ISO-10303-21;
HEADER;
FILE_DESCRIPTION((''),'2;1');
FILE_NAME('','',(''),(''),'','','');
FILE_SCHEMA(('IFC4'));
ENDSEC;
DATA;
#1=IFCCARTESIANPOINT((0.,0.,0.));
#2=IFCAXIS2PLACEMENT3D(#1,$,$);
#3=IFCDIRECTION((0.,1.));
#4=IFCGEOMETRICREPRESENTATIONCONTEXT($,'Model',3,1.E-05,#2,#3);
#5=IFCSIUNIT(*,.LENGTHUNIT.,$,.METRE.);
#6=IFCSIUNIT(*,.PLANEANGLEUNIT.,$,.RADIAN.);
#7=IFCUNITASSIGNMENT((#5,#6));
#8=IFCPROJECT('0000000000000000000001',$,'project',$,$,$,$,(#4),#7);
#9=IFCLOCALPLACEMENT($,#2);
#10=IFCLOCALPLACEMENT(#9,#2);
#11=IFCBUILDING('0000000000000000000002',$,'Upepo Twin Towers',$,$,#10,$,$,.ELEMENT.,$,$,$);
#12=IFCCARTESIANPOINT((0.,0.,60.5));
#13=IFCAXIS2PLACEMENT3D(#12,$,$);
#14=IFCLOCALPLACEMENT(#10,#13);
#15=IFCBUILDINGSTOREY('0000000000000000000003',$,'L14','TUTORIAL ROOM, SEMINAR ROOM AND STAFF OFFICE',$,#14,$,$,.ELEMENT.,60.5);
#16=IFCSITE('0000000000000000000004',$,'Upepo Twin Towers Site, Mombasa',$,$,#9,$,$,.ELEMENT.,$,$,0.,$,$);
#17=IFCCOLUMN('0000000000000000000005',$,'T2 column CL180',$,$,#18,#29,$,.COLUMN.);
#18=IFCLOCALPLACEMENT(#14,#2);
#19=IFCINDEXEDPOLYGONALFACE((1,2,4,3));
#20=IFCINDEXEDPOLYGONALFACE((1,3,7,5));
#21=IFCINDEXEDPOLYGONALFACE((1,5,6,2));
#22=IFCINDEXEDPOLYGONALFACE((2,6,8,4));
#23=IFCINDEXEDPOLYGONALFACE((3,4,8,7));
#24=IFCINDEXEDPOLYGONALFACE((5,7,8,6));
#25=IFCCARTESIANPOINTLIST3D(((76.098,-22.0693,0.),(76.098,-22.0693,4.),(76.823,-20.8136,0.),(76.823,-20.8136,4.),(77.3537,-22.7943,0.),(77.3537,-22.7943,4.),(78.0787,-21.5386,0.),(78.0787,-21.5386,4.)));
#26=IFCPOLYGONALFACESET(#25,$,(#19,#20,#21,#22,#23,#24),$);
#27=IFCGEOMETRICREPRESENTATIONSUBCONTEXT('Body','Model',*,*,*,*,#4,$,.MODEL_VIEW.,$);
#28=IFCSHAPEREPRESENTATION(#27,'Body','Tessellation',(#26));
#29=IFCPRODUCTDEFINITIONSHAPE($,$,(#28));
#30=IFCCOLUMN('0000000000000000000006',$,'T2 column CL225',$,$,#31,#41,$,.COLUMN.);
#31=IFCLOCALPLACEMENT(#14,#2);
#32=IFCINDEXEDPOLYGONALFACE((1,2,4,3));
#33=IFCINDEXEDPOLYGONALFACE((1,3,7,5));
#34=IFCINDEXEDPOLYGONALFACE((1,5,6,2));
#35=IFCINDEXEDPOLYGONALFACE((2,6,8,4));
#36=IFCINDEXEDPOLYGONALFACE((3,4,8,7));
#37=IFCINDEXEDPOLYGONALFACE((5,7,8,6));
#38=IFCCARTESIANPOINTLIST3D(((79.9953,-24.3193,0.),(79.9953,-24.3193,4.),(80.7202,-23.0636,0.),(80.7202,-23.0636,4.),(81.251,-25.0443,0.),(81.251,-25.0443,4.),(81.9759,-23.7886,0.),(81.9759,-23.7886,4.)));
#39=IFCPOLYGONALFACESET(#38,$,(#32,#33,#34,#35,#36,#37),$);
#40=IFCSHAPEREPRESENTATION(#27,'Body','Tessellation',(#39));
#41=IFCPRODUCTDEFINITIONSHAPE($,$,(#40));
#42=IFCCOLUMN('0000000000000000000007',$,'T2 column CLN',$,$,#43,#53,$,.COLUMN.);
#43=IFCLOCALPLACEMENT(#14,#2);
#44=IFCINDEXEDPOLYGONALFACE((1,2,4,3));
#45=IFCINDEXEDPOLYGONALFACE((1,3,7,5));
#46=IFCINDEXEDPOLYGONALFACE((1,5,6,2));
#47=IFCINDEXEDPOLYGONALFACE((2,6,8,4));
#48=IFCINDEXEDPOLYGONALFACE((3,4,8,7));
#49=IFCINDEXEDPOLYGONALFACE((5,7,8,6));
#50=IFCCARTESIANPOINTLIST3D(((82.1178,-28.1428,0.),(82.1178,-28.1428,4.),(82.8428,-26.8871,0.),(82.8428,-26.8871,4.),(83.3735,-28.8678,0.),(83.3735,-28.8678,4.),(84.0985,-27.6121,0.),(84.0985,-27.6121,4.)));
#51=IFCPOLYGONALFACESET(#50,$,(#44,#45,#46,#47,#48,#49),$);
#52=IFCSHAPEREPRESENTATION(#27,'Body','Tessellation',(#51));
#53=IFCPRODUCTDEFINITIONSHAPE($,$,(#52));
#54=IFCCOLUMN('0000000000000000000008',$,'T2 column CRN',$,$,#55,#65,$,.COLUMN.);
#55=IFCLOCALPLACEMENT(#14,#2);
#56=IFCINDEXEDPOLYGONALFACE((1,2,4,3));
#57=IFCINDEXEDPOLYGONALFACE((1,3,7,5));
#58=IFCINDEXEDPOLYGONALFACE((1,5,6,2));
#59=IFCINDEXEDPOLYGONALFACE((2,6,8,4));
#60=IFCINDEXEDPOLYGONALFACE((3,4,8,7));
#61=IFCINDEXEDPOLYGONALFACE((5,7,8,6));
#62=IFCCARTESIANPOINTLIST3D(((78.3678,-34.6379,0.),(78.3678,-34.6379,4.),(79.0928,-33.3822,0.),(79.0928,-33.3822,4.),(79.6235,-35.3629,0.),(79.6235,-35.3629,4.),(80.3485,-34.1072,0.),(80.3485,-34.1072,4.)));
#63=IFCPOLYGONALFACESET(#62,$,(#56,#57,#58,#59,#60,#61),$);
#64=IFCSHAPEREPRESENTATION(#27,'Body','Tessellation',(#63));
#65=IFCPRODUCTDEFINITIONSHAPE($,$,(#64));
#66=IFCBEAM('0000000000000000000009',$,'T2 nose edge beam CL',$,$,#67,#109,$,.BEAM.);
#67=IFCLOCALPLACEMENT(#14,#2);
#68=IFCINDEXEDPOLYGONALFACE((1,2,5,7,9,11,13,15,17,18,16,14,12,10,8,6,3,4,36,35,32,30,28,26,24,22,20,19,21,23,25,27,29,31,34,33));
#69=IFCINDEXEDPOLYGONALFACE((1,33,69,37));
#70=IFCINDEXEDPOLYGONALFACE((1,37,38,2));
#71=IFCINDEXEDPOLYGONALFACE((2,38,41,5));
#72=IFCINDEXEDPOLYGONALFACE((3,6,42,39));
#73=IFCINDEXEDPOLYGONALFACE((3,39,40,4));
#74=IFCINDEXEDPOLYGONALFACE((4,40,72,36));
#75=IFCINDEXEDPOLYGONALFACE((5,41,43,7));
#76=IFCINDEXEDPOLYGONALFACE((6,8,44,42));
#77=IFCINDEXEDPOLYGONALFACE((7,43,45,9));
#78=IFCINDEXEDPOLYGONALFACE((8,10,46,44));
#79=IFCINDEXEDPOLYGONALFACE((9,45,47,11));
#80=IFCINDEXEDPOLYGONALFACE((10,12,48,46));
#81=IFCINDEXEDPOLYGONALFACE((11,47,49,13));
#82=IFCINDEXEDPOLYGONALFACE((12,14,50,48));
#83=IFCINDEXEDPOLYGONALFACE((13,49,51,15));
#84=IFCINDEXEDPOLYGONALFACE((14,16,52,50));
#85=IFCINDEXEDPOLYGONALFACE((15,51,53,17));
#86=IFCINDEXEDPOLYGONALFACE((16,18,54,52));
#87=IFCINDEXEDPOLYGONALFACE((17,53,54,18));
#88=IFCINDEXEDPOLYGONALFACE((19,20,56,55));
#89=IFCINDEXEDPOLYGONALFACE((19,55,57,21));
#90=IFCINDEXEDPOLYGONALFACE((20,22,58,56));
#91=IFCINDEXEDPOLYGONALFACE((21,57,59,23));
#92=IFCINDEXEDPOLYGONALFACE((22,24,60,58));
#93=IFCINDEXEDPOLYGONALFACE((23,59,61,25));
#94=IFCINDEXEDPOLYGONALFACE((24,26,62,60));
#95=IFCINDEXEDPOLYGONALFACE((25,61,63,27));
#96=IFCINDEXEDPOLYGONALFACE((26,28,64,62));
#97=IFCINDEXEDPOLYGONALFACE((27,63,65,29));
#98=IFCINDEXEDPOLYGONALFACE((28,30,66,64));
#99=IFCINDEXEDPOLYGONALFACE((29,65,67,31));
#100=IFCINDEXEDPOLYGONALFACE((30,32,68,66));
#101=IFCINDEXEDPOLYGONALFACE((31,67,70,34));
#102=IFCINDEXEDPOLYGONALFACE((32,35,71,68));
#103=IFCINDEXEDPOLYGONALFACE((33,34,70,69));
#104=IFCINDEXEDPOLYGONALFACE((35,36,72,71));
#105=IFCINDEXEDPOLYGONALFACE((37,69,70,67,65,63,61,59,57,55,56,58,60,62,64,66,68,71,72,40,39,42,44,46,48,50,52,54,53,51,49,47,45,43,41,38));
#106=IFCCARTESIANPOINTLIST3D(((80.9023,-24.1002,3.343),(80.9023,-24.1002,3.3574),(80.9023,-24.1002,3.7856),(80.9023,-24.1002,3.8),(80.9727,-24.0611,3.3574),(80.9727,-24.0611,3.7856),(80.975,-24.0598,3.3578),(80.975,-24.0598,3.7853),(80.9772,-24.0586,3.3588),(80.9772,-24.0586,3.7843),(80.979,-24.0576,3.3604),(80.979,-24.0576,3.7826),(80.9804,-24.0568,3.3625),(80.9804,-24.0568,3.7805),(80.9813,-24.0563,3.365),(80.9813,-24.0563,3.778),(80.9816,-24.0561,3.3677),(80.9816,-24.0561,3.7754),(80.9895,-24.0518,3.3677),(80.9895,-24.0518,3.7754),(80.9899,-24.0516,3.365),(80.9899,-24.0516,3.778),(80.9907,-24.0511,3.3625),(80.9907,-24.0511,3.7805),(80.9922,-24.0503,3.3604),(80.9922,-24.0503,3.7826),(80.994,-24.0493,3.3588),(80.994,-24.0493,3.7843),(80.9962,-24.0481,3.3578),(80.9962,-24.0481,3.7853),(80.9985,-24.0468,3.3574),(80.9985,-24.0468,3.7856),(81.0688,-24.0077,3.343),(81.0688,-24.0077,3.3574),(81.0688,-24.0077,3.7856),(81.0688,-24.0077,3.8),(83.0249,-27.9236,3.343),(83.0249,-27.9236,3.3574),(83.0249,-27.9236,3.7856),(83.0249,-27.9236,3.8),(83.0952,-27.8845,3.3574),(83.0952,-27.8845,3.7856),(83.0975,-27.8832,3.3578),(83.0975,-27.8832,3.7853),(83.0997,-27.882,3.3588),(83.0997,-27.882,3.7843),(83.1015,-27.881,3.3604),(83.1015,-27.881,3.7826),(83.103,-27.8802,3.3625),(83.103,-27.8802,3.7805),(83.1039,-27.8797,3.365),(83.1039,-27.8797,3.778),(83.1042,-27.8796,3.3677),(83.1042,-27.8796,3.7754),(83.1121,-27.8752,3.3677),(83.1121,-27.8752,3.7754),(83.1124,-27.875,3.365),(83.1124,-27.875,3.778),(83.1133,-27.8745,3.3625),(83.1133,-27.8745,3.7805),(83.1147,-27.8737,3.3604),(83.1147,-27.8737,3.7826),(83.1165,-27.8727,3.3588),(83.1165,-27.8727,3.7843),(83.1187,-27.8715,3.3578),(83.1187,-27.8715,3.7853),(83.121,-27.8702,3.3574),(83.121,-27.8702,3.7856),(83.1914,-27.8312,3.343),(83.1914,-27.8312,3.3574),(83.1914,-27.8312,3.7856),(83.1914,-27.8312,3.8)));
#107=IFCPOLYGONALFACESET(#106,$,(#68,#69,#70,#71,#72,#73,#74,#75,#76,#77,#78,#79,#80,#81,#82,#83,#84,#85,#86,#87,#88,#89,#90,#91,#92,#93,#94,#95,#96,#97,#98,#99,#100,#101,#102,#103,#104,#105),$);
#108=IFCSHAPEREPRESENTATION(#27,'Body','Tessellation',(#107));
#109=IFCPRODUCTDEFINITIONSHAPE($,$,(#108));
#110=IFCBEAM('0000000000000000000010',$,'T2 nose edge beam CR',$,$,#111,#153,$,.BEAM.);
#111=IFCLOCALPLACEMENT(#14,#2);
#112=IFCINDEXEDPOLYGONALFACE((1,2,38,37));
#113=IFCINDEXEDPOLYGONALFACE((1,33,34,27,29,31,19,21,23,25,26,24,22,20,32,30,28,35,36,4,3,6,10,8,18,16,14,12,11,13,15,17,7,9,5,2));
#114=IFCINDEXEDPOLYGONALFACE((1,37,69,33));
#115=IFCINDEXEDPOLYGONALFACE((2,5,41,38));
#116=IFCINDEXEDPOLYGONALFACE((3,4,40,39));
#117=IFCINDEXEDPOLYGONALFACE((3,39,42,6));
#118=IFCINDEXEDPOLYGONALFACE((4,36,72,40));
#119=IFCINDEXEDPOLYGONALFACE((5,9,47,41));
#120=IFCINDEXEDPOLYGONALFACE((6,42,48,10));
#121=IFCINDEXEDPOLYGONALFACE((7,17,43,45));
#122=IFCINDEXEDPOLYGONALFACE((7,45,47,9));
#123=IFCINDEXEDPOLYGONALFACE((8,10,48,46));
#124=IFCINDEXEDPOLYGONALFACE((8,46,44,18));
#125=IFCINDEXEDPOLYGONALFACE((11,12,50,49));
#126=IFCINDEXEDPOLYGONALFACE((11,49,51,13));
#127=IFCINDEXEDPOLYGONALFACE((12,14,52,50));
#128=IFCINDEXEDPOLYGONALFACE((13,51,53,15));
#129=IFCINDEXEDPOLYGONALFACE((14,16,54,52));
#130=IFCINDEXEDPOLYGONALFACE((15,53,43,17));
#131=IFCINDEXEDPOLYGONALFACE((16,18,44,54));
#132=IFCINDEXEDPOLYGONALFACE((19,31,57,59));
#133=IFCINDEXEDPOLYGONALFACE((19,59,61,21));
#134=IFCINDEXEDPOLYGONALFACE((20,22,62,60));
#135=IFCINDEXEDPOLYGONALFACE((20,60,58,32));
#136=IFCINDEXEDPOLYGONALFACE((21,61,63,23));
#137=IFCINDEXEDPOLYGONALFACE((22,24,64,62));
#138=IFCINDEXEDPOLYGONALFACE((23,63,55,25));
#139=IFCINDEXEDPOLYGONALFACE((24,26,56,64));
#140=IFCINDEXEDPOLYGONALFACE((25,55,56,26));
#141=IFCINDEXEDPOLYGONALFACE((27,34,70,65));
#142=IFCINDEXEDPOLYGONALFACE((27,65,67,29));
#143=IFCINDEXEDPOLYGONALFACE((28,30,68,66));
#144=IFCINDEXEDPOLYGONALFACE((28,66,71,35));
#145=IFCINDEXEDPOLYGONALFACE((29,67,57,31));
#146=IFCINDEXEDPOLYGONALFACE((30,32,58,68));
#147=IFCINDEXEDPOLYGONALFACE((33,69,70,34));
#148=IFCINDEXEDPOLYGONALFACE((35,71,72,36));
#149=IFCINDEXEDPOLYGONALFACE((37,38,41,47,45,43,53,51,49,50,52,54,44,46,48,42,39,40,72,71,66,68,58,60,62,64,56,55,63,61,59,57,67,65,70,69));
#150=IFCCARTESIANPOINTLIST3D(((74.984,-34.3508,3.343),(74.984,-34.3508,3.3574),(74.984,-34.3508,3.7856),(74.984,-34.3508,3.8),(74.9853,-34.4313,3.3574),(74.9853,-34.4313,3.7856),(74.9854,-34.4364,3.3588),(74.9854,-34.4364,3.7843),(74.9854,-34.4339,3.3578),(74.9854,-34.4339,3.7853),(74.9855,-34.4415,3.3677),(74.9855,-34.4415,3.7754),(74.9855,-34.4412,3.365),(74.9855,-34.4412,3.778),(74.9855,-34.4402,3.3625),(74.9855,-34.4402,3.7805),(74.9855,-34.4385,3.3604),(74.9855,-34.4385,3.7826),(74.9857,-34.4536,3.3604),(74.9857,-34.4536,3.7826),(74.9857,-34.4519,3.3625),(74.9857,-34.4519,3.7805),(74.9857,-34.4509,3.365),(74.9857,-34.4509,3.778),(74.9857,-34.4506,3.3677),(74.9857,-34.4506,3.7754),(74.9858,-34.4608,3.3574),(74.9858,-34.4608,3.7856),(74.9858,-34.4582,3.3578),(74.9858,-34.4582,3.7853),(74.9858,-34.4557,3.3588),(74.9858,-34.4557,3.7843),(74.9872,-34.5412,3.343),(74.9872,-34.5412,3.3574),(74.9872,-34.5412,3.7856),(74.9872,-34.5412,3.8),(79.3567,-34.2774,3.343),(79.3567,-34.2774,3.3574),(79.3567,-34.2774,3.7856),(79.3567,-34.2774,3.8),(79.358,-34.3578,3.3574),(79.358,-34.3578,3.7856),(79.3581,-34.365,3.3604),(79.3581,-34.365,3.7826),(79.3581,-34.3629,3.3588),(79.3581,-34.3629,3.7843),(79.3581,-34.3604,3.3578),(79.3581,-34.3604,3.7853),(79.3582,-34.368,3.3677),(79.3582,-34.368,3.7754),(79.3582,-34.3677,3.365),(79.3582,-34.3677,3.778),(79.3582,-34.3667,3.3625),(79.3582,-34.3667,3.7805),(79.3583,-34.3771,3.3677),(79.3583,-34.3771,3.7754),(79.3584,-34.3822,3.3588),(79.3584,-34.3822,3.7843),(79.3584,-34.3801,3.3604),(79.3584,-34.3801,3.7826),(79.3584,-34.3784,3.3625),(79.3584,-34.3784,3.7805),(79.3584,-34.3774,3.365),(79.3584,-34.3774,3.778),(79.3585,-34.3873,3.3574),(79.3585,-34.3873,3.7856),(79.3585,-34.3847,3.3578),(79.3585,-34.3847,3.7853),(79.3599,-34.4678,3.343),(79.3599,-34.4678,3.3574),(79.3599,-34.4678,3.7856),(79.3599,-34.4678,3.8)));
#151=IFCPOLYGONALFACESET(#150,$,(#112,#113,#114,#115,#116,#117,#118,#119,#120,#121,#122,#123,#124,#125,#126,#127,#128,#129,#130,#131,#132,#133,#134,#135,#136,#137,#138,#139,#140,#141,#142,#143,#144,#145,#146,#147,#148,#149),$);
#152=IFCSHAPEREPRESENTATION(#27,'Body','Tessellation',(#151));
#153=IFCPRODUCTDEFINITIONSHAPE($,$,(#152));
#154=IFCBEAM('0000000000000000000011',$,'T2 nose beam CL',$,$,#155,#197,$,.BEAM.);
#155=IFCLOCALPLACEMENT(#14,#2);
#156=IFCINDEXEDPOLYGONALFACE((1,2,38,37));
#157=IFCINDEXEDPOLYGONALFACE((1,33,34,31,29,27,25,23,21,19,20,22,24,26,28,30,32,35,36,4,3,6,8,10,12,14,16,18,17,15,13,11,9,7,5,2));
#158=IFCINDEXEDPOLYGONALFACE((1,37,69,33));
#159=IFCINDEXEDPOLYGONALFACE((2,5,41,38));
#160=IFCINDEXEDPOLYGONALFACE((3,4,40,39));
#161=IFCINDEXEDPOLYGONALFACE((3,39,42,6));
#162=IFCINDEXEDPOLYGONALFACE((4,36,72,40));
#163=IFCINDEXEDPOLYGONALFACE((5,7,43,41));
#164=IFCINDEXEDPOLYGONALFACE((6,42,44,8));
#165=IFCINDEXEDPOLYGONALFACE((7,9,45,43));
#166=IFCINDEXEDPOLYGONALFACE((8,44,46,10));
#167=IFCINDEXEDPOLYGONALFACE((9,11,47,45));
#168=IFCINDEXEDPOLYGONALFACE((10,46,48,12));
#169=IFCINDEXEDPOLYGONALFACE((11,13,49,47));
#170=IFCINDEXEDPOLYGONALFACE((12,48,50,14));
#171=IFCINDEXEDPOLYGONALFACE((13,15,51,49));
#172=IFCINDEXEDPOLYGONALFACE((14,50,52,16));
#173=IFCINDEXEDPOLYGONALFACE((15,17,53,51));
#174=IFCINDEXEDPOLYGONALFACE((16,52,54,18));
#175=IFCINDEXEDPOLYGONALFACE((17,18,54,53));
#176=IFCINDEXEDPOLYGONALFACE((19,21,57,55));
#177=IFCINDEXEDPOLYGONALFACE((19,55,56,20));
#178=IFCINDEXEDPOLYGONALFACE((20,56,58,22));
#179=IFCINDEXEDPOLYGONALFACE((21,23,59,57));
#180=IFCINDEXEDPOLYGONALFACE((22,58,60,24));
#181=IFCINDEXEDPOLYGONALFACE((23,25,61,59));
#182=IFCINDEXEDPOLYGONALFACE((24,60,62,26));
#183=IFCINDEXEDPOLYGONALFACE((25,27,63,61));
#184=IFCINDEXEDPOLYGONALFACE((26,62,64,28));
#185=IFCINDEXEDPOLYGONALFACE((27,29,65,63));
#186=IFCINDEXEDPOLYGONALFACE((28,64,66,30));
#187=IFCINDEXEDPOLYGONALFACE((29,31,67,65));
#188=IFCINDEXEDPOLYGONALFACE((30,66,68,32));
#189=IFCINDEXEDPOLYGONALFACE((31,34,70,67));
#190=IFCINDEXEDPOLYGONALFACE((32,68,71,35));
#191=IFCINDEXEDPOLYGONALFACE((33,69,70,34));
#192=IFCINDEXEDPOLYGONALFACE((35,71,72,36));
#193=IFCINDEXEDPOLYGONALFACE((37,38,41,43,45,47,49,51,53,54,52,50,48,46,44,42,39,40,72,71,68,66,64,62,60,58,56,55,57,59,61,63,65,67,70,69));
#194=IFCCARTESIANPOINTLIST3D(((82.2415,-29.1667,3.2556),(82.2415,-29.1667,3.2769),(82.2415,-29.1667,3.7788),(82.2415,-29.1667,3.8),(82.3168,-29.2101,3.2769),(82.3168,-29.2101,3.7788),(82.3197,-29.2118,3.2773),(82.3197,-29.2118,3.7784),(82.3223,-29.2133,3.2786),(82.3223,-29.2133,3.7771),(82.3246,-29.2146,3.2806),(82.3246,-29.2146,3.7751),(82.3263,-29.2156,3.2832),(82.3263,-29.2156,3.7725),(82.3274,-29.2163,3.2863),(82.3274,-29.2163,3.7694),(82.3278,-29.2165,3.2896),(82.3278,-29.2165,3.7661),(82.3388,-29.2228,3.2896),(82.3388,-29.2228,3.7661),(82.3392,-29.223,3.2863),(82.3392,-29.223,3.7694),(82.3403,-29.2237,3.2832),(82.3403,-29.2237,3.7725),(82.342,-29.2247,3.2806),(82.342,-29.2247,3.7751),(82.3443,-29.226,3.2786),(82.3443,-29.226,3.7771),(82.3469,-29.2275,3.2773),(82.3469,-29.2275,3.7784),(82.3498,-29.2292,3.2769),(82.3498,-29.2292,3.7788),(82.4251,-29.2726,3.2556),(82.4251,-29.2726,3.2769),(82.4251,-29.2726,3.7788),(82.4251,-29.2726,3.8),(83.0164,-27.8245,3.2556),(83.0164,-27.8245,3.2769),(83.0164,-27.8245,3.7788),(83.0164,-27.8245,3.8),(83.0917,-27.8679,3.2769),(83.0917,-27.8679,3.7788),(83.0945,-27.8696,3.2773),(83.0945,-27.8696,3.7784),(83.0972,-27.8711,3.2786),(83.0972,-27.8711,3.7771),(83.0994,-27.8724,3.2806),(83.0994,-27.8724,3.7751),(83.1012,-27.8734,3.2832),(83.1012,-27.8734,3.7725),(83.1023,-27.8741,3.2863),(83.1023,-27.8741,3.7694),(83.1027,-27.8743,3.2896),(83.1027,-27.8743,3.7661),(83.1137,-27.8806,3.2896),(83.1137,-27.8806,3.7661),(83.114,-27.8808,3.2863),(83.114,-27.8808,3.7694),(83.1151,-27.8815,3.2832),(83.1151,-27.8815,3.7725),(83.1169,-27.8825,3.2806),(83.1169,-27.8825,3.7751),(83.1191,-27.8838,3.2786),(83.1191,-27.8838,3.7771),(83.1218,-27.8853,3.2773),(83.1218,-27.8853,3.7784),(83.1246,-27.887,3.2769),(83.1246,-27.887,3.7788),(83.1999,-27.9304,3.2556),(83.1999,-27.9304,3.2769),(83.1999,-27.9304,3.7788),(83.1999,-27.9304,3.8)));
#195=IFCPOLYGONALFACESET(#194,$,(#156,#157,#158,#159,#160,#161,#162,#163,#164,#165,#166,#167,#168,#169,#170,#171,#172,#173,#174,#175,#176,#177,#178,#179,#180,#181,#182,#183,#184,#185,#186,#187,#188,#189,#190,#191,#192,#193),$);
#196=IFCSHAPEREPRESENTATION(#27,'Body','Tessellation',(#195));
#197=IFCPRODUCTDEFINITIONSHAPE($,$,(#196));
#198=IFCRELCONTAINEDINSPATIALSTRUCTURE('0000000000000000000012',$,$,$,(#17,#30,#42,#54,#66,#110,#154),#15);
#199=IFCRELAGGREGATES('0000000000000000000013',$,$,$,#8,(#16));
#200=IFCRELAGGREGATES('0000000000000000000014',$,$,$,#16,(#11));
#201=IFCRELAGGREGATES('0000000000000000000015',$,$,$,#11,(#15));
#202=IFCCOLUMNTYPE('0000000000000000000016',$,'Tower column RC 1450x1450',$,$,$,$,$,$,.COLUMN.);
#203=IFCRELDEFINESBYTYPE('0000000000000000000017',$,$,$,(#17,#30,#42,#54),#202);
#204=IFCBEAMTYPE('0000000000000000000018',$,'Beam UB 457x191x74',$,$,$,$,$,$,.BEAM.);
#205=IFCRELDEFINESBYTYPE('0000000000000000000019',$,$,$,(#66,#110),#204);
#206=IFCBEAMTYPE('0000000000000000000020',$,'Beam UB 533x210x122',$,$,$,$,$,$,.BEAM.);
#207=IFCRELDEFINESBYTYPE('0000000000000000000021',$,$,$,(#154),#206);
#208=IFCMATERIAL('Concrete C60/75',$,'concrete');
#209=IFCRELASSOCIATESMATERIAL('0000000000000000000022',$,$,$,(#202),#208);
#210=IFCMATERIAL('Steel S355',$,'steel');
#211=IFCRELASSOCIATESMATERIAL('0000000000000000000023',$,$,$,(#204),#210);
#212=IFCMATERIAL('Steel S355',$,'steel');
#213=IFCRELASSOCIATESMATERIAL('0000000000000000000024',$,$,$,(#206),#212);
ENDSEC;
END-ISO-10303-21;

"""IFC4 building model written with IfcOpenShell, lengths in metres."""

from ifc_helpers import new_model, si_unit, direction, frame, origin, origin_2d, place, context, subcontext, project, spatial, rectangle, i_section, extrude, material, material_profile, profile_set, type_object, element, save


model = new_model("IFC4")

# Units and contexts
model_context = context("Model", 3, precision=1e-05, world=origin(), true_north=direction((0.0, 1.0)))
body_context = subcontext(model_context, "Body", "Model", "MODEL_VIEW")
ifc_project = project(units=[si_unit("LENGTHUNIT", "METRE"), si_unit("PLANEANGLEUNIT", "RADIAN")], contexts=[model_context])

# Site, building, storey
site_placement = place(None, origin())
site = spatial("IfcSite", under=ifc_project, at=site_placement, Name="Upepo Twin Towers Site, Mombasa", CompositionType="ELEMENT", RefElevation=0.0)
building_placement = place(site_placement, origin())
building = spatial("IfcBuilding", under=site, at=building_placement, Name="Upepo Twin Towers", CompositionType="ELEMENT")
storey_placement = place(building_placement, frame((0.0, 0.0, 60.5)))
storey = spatial("IfcBuildingStorey", under=building, at=storey_placement, Name="L14", Description="TUTORIAL ROOM, SEMINAR ROOM AND STAFF OFFICE", CompositionType="ELEMENT", Elevation=60.5)

# Columns
ifc_material_1 = material(Name="Concrete C60/75", Category="concrete")
ifc_material_profile_1 = material_profile(ifc_material_1, rectangle(XDim=1.45, YDim=1.45, at=origin_2d()), Name="RC 1450x1450")
ifc_profile_set_1 = profile_set([ifc_material_profile_1], Name="Concrete C60/75")
column_type = type_object("IfcColumnType", Name="Tower column RC 1450x1450", PredefinedType="COLUMN", material=ifc_profile_set_1)
for number, where, z_axis, x_axis, name in (
    (1, (77.0884, -21.804, 0.0), (0.0, 0.0, 1.0), (0.5, 0.866025, 0.0), "T2 column CL180"),
    (2, (80.9856, -24.054, 0.0), (0.0, 0.0, 1.0), (0.5, 0.866025, 0.0), "T2 column CL225"),
    (3, (83.1082, -27.8774, 0.0), (0.0, 0.0, 1.0), (0.5, 0.866025, 0.0), "T2 column CLN"),
    (4, (79.3582, -34.3726, 0.0), (0.0, 0.0, 1.0), (0.5, 0.866025, 0.0), "T2 column CRN"),
):
    element("IfcColumn", number, at=place(storey_placement, frame(where, z_axis=z_axis, x_axis=x_axis)), inside=storey, type_object=column_type, Name=name, PredefinedType="COLUMN", context=body_context, shape_type="SweptSolid", body=[
        extrude(rectangle(XDim=1.45, YDim=1.45, at=origin_2d()), origin(), (0.0, 0.0, 1.0), 4.0),
    ])

# Beams
ifc_material_2 = material(Name="Steel S355", Category="steel")
ifc_material_profile_2 = material_profile(ifc_material_2, i_section(OverallWidth=0.1904, OverallDepth=0.457, WebThickness=0.009, FlangeThickness=0.0144, FilletRadius=0.0103, at=origin_2d()), Name="UB 457x191x74")
ifc_profile_set_2 = profile_set([ifc_material_profile_2], Name="Steel S355")
beam_type_1 = type_object("IfcBeamType", Name="Beam UB 457x191x74", PredefinedType="BEAM", material=ifc_profile_set_2)
beam_1_placement = place(storey_placement, frame((80.9856, -24.054, 3.5715), z_axis=(0.485363, -0.874313, 0.0), x_axis=(0.874313, 0.485363, 0.0)))
element("IfcBeam", 5, at=beam_1_placement, inside=storey, type_object=beam_type_1, Name="T2 nose edge beam CL", PredefinedType="BEAM", context=body_context, shape_type="SweptSolid", body=[
    extrude(i_section(OverallWidth=0.1904, OverallDepth=0.457, WebThickness=0.009, FlangeThickness=0.0144, FilletRadius=0.0103, at=origin_2d()), origin(), (0.0, 0.0, 1.0), 4.373),
])
beam_2_placement = place(storey_placement, frame((74.9856, -34.446, 3.5715), z_axis=(0.999859, 0.016804, 0.0), x_axis=(-0.016804, 0.999859, 0.0)))
element("IfcBeam", 6, at=beam_2_placement, inside=storey, type_object=beam_type_1, Name="T2 nose edge beam CR", PredefinedType="BEAM", context=body_context, shape_type="SweptSolid", body=[
    extrude(i_section(OverallWidth=0.1904, OverallDepth=0.457, WebThickness=0.009, FlangeThickness=0.0144, FilletRadius=0.0103, at=origin_2d()), origin(), (0.0, 0.0, 1.0), 4.3733),
])
ifc_material_3 = material(Name="Steel S355", Category="steel")
ifc_material_profile_3 = material_profile(ifc_material_3, i_section(OverallWidth=0.2119, OverallDepth=0.5444, WebThickness=0.0127, FlangeThickness=0.0212, FilletRadius=0.0127, at=origin_2d()), Name="UB 533x210x122")
ifc_profile_set_3 = profile_set([ifc_material_profile_3], Name="Steel S355")
beam_type_2 = type_object("IfcBeamType", Name="Beam UB 533x210x122", PredefinedType="BEAM", material=ifc_profile_set_3)
for number, where, z_axis, x_axis, name in (
    (7, (83.1082, -27.8774, 3.5278), (-0.499968, -0.866044, 0.0), (0.866044, -0.499968, 0.0), "T2 nose beam CL"),
):
    element("IfcBeam", number, at=place(storey_placement, frame(where, z_axis=z_axis, x_axis=x_axis)), inside=storey, type_object=beam_type_2, Name=name, PredefinedType="BEAM", context=body_context, shape_type="SweptSolid", body=[
        extrude(i_section(OverallWidth=0.2119, OverallDepth=0.5444, WebThickness=0.0127, FlangeThickness=0.0212, FilletRadius=0.0127, at=origin_2d()), origin(), (0.0, 0.0, 1.0), 1.5498),
    ])

save(model, "model.ifc")
